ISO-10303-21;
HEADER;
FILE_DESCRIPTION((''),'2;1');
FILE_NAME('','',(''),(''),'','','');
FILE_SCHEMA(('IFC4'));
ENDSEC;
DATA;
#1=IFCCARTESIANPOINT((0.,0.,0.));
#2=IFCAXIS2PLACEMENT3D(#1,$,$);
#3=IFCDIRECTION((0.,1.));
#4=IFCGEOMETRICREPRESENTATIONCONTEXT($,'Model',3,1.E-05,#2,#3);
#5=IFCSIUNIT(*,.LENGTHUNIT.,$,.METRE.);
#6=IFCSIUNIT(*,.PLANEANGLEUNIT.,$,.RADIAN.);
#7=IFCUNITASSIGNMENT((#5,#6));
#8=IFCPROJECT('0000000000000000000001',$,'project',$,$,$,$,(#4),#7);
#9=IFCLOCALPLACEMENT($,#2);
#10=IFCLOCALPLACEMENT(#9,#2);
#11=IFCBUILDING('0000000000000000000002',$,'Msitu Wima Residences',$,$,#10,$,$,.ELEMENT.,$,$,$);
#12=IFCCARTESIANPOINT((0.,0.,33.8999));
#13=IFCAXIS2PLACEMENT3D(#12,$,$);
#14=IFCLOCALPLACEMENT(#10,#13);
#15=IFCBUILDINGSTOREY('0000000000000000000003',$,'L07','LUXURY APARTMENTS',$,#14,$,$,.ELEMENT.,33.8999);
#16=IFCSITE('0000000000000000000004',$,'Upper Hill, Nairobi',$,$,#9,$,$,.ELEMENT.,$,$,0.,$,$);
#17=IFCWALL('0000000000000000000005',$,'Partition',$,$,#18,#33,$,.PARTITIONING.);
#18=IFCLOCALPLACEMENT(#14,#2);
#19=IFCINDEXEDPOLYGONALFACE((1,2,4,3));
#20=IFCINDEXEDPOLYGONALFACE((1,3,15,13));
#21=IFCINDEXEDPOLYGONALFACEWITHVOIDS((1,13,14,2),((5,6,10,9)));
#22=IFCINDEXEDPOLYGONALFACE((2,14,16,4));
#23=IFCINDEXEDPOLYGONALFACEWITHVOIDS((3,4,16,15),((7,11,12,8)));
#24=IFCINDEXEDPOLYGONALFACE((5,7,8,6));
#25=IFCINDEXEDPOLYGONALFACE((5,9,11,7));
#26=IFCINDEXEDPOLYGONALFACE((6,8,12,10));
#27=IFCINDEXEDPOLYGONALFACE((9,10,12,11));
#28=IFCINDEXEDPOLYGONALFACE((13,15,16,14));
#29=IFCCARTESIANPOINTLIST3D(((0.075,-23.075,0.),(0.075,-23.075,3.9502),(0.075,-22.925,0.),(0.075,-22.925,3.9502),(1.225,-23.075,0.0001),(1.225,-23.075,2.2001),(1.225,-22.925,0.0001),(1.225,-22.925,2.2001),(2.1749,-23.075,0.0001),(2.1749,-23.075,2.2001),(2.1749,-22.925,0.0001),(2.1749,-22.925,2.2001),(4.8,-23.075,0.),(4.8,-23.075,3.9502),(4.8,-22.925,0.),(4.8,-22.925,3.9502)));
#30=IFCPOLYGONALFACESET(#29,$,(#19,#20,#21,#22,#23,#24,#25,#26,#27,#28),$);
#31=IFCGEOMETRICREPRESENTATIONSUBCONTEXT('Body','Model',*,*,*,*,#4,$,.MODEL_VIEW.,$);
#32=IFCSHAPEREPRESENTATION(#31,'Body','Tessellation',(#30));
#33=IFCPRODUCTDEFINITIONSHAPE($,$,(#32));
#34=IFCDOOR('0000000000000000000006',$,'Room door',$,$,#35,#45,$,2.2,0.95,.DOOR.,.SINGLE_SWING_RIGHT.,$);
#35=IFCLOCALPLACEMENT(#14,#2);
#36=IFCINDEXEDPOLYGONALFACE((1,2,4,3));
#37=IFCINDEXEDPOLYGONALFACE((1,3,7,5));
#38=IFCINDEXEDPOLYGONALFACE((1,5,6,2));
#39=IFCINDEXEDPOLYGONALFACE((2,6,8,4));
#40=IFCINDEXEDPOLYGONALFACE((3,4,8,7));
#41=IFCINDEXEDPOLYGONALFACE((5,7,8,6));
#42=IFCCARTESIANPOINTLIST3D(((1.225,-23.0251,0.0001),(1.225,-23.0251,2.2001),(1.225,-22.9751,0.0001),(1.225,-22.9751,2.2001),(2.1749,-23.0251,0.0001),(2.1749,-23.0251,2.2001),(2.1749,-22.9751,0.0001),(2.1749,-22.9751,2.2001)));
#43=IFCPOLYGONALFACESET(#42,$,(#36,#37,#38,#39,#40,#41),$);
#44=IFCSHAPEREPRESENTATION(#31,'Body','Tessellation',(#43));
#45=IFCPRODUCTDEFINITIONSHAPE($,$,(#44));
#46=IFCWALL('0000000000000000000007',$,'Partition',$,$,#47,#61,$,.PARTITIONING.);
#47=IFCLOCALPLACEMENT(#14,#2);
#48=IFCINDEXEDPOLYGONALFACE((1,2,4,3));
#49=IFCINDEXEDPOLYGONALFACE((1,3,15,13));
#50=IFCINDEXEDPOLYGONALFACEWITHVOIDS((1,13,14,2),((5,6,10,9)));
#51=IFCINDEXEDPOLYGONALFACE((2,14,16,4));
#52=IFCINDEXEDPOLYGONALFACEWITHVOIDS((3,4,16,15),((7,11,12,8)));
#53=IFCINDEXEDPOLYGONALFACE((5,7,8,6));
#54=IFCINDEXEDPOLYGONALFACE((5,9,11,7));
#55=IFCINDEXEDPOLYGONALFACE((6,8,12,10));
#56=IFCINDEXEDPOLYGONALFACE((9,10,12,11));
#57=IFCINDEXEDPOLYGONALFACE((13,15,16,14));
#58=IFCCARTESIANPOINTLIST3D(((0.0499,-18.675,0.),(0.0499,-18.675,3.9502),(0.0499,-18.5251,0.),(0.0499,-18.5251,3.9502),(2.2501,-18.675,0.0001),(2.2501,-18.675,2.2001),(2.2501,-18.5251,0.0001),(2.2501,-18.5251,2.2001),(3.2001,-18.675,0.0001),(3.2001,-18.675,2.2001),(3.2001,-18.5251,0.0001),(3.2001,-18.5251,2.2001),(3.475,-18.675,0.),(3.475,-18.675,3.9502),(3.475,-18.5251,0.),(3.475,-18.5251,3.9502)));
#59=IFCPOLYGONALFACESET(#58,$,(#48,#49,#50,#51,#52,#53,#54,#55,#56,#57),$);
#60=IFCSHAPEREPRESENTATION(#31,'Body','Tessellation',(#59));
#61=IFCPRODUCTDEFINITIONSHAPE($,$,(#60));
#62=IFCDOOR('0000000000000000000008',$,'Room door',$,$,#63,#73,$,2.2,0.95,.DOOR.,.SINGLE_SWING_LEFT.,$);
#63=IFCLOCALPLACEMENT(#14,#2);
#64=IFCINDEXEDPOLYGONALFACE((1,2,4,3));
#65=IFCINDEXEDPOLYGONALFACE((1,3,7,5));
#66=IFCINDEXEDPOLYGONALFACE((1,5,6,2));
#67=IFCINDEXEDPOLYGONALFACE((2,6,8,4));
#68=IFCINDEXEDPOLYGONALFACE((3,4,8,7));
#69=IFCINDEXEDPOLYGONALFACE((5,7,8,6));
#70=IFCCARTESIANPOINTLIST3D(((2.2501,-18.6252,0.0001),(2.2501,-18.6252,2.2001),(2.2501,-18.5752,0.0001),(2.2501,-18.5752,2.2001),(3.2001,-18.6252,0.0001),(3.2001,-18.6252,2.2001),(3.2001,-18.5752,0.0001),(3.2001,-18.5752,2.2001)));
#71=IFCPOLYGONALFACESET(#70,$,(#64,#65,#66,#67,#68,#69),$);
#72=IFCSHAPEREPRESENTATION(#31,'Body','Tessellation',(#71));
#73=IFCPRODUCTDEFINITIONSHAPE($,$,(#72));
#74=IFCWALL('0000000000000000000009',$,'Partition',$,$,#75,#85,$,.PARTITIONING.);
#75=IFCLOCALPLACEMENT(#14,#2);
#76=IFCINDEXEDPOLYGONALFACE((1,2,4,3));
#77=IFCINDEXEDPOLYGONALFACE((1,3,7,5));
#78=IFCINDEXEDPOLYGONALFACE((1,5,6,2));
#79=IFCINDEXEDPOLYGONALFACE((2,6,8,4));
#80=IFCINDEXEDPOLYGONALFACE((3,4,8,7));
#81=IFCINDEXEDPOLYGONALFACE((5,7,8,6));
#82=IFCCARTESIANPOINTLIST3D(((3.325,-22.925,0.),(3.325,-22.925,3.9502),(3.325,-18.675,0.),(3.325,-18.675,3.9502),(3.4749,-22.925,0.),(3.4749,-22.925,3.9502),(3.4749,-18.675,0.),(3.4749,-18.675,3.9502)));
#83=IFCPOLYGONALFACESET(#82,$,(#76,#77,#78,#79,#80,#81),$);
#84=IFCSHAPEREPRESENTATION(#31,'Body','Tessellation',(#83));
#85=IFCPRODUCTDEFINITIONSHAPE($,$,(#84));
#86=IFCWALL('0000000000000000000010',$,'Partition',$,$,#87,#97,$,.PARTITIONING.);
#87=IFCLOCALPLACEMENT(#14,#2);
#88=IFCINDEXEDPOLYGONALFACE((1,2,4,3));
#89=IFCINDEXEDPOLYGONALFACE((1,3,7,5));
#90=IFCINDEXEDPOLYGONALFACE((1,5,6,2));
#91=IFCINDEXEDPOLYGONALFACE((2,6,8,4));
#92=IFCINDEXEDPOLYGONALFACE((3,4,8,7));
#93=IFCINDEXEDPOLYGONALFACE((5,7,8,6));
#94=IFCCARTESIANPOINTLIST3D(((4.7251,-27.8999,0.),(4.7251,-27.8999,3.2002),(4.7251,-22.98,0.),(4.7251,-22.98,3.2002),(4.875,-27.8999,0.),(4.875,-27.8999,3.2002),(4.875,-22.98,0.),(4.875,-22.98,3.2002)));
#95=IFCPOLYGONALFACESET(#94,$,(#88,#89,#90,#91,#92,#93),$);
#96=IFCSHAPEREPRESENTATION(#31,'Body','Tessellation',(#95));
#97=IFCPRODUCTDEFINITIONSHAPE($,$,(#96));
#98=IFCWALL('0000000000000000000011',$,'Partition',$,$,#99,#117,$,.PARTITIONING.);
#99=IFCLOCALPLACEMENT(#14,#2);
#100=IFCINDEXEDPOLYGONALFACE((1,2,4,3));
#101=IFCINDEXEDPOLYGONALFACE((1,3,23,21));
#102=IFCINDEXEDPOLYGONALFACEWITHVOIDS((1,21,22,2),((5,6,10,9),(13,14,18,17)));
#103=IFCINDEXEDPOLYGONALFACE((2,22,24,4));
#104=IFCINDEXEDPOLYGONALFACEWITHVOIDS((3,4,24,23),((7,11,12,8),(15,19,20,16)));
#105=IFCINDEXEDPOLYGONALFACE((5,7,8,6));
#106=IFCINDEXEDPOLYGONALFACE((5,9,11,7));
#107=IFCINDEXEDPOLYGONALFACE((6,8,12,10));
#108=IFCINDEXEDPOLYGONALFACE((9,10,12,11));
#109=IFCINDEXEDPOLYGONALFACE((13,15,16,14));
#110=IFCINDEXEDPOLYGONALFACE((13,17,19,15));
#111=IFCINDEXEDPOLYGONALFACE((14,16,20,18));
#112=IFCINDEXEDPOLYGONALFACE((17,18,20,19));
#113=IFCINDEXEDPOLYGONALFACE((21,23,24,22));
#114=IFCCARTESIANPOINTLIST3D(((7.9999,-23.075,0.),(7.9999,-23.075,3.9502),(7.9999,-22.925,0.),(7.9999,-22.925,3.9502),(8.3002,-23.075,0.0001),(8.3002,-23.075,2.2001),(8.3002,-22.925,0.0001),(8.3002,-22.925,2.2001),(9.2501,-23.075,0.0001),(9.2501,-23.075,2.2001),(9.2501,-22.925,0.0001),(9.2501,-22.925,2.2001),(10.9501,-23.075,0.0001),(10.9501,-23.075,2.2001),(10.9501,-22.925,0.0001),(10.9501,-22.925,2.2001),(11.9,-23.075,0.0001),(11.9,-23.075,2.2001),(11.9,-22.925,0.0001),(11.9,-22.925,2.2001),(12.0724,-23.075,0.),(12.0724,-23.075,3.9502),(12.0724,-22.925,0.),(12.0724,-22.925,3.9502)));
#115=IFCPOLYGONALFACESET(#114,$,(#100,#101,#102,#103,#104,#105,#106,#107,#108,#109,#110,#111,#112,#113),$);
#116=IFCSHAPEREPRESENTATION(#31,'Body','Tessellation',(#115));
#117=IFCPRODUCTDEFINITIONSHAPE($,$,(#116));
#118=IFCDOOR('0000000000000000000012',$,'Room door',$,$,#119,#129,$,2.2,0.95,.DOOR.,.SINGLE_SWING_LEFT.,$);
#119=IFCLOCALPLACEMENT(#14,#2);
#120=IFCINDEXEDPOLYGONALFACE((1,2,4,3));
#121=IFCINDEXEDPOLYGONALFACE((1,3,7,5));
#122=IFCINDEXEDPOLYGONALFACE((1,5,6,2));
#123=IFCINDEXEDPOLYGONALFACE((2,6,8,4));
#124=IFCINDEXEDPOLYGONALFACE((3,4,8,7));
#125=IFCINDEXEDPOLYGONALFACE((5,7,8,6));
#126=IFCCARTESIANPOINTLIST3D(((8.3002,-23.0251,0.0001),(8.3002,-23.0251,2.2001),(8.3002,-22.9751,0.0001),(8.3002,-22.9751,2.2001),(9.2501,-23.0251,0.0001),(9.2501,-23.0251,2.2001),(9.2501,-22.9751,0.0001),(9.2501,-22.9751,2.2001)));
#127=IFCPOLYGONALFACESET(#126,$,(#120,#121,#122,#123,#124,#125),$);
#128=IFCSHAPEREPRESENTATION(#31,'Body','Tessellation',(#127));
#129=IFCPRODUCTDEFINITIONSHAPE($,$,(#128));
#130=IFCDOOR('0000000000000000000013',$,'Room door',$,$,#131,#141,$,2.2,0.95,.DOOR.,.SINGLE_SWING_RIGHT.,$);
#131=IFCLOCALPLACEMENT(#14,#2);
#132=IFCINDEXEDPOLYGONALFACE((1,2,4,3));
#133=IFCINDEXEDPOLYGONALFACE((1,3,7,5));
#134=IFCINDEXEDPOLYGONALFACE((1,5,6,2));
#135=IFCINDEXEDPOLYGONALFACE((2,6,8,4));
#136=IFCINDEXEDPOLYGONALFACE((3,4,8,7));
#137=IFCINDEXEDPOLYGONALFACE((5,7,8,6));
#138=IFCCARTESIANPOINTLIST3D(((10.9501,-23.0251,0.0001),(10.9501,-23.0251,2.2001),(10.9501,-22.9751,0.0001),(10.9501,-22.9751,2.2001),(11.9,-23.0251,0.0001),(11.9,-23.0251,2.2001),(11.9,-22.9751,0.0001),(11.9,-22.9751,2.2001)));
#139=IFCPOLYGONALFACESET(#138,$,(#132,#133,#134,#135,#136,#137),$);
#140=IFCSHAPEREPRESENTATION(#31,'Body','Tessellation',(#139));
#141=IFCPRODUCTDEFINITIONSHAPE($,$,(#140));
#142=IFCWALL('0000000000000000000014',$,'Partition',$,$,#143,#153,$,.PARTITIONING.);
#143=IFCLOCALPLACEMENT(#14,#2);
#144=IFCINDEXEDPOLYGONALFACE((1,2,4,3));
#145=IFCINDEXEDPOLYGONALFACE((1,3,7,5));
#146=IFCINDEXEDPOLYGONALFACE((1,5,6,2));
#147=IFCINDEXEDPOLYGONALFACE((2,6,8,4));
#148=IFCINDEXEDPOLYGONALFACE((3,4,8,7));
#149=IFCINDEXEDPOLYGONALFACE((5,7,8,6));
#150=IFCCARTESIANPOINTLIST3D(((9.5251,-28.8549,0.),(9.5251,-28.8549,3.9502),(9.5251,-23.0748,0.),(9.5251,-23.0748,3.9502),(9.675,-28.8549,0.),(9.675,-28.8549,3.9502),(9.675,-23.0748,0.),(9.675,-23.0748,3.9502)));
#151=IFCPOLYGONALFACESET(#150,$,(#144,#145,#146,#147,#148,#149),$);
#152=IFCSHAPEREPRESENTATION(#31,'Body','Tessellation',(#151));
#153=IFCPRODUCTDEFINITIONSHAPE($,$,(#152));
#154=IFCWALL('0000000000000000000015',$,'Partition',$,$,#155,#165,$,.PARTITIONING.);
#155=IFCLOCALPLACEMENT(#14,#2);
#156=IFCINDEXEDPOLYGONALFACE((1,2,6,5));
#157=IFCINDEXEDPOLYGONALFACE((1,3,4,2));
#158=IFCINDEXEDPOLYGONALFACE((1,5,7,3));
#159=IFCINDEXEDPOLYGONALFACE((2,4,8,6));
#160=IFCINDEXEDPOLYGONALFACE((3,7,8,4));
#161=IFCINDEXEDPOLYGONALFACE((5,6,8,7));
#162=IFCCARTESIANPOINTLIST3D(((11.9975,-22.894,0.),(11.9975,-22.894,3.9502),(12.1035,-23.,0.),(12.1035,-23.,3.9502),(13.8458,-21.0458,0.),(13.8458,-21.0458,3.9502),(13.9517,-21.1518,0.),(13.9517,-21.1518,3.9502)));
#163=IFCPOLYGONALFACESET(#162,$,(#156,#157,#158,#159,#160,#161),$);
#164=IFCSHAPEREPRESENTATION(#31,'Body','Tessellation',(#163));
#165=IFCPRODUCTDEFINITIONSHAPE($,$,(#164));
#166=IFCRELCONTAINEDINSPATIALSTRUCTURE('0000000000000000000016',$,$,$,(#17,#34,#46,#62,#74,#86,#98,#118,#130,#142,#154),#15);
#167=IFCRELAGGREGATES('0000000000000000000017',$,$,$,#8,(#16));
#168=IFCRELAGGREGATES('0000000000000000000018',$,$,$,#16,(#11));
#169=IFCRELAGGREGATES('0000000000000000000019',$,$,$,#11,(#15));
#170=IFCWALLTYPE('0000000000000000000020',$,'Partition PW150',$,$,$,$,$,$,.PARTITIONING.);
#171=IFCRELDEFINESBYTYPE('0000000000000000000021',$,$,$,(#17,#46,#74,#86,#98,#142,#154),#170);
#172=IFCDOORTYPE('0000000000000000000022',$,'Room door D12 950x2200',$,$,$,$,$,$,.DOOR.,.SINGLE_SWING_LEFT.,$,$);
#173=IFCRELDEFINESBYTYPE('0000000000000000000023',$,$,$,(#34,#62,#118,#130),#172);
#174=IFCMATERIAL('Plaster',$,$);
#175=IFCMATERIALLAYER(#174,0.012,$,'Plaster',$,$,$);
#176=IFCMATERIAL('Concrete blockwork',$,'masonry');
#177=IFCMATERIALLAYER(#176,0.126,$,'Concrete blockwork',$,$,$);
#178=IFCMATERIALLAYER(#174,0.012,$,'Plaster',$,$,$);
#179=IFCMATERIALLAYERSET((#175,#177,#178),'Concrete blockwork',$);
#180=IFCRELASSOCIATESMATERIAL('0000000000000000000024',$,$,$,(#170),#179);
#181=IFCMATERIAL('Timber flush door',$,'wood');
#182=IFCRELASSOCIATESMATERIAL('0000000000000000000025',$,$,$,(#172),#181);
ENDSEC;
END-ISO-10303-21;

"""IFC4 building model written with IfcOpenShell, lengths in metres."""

from ifc_helpers import new_model, si_unit, direction, frame, frame_2d, origin, place, context, subcontext, project, spatial, rectangle, extrude, material, layer, layer_set, type_object, element, fill, save


model = new_model("IFC4")

# Units and contexts
model_context = context("Model", 3, precision=1e-05, world=origin(), true_north=direction((0.0, 1.0)))
body_context = subcontext(model_context, "Body", "Model", "MODEL_VIEW")
ifc_project = project(units=[si_unit("LENGTHUNIT", "METRE"), si_unit("PLANEANGLEUNIT", "RADIAN")], contexts=[model_context])

# Site, building, storey
site_placement = place(None, origin())
site = spatial("IfcSite", under=ifc_project, at=site_placement, Name="Upper Hill, Nairobi", CompositionType="ELEMENT", RefElevation=0.0)
building_placement = place(site_placement, origin())
building = spatial("IfcBuilding", under=site, at=building_placement, Name="Msitu Wima Residences", CompositionType="ELEMENT")
storey_placement = place(building_placement, frame((0.0, 0.0, 33.8999)))
storey = spatial("IfcBuildingStorey", under=building, at=storey_placement, Name="L07", Description="LUXURY APARTMENTS", CompositionType="ELEMENT", Elevation=33.8999)

# Walls, openings, doors
ifc_material_1 = material(Name="Plaster")
ifc_layer_1 = layer(ifc_material_1, 0.012, Name="Plaster")
ifc_material_2 = material(Name="Concrete blockwork", Category="masonry")
ifc_layer_2 = layer(ifc_material_2, 0.126, Name="Concrete blockwork")
ifc_layer_3 = layer(ifc_material_1, 0.012, Name="Plaster")
ifc_layer_set_1 = layer_set([ifc_layer_1, ifc_layer_2, ifc_layer_3], Name="Concrete blockwork")
wall_type_1 = type_object("IfcWallType", Name="Partition PW150", PredefinedType="PARTITIONING", material=ifc_layer_set_1)
wall_1_placement = place(storey_placement, frame((0.075, -23.0, 0.0), z_axis=(0.0, 0.0, 1.0), x_axis=(1.0, 0.0, 0.0)))
wall_1 = element("IfcWall", 1, at=wall_1_placement, inside=storey, type_object=wall_type_1, Name="Partition", PredefinedType="PARTITIONING", context=body_context, shape_type="SweptSolid", body=[
    extrude(rectangle(XDim=4.7251, YDim=0.1499, at=frame_2d((2.3625, 0.0))), origin(), (0.0, 0.0, 1.0), 3.9502),
])
opening_1_placement = place(wall_1_placement, frame((1.1499, 0.0, 0.0)))
opening_1 = element("IfcOpeningElement", 2, at=opening_1_placement, cuts=wall_1, PredefinedType="OPENING", context=body_context, shape_type="SweptSolid", body=[
    extrude(rectangle(XDim=0.95, YDim=2.2, at=frame_2d((0.4751, 1.1001))), frame((0.0, 0.085, 0.0), z_axis=(0.0, -1.0, 0.0), x_axis=(1.0, 0.0, 0.0)), (0.0, 0.0, 1.0), 0.1699),
])
ifc_material_3 = material(Name="Timber flush door", Category="wood")
door_type_1 = type_object("IfcDoorType", Name="Room door D12 950x2200", OperationType="SINGLE_SWING_LEFT", PredefinedType="DOOR", material=ifc_material_3)
door_1_placement = place(opening_1_placement, origin())
door_1 = element("IfcDoor", 3, at=door_1_placement, inside=storey, type_object=door_type_1, Name="Room door", OperationType="SINGLE_SWING_RIGHT", OverallHeight=2.2, OverallWidth=0.95, PredefinedType="DOOR", context=body_context, shape_type="SweptSolid", body=[
    extrude(rectangle(XDim=0.95, YDim=2.2, at=frame_2d((0.4751, 1.1001))), frame((0.0, 0.0249, 0.0), z_axis=(0.0, -1.0, 0.0), x_axis=(1.0, 0.0, 0.0)), (0.0, 0.0, 1.0), 0.05),
])
fill(opening_1, door_1)
wall_2_placement = place(storey_placement, frame((0.05, -18.6001, 0.0), z_axis=(0.0, 0.0, 1.0), x_axis=(1.0, 0.0, 0.0)))
wall_2 = element("IfcWall", 4, at=wall_2_placement, inside=storey, type_object=wall_type_1, Name="Partition", PredefinedType="PARTITIONING", context=body_context, shape_type="SweptSolid", body=[
    extrude(rectangle(XDim=3.425, YDim=0.1499, at=frame_2d((1.7124, 0.0))), origin(), (0.0, 0.0, 1.0), 3.9502),
])
opening_2_placement = place(wall_2_placement, frame((2.2, 0.0, 0.0)))
opening_2 = element("IfcOpeningElement", 5, at=opening_2_placement, cuts=wall_2, PredefinedType="OPENING", context=body_context, shape_type="SweptSolid", body=[
    extrude(rectangle(XDim=0.95, YDim=2.2, at=frame_2d((0.4751, 1.1001))), frame((0.0, 0.085, 0.0), z_axis=(0.0, -1.0, 0.0), x_axis=(1.0, 0.0, 0.0)), (0.0, 0.0, 1.0), 0.1699),
])
door_2_placement = place(opening_2_placement, origin())
door_2 = element("IfcDoor", 6, at=door_2_placement, inside=storey, type_object=door_type_1, Name="Room door", OperationType="SINGLE_SWING_LEFT", OverallHeight=2.2, OverallWidth=0.95, PredefinedType="DOOR", context=body_context, shape_type="SweptSolid", body=[
    extrude(rectangle(XDim=0.95, YDim=2.2, at=frame_2d((0.4751, 1.1001))), frame((0.0, 0.0249, 0.0), z_axis=(0.0, -1.0, 0.0), x_axis=(1.0, 0.0, 0.0)), (0.0, 0.0, 1.0), 0.05),
])
fill(opening_2, door_2)

# Walls
wall_3_placement = place(storey_placement, frame((3.3999, -22.925, 0.0), z_axis=(0.0, 0.0, 1.0), x_axis=(0.0, 1.0, 0.0)))
element("IfcWall", 7, at=wall_3_placement, inside=storey, type_object=wall_type_1, Name="Partition", PredefinedType="PARTITIONING", context=body_context, shape_type="SweptSolid", body=[
    extrude(rectangle(XDim=4.25, YDim=0.1499, at=frame_2d((2.125, 0.0))), origin(), (0.0, 0.0, 1.0), 3.9502),
])
wall_4_placement = place(storey_placement, frame((4.8, -27.8999, 0.0), z_axis=(0.0, 0.0, 1.0), x_axis=(0.0, 1.0, 0.0)))
element("IfcWall", 8, at=wall_4_placement, inside=storey, type_object=wall_type_1, Name="Partition", PredefinedType="PARTITIONING", context=body_context, shape_type="SweptSolid", body=[
    extrude(rectangle(XDim=4.9199, YDim=0.1499, at=frame_2d((2.46, 0.0))), origin(), (0.0, 0.0, 1.0), 3.2002),
])

# Wall, openings, doors
wall_5_placement = place(storey_placement, frame((8.0, -23.0, 0.0), z_axis=(0.0, 0.0, 1.0), x_axis=(1.0, 0.0, 0.0)))
wall_5 = element("IfcWall", 9, at=wall_5_placement, inside=storey, type_object=wall_type_1, Name="Partition", PredefinedType="PARTITIONING", context=body_context, shape_type="SweptSolid", body=[
    extrude(rectangle(XDim=4.0725, YDim=0.1499, at=frame_2d((2.0361, 0.0))), origin(), (0.0, 0.0, 1.0), 3.9502),
])
opening_3_placement = place(wall_5_placement, frame((0.3, 0.0, 0.0)))
opening_3 = element("IfcOpeningElement", 10, at=opening_3_placement, cuts=wall_5, PredefinedType="OPENING", context=body_context, shape_type="SweptSolid", body=[
    extrude(rectangle(XDim=0.95, YDim=2.2, at=frame_2d((0.4751, 1.1001))), frame((0.0, 0.085, 0.0), z_axis=(0.0, -1.0, 0.0), x_axis=(1.0, 0.0, 0.0)), (0.0, 0.0, 1.0), 0.1699),
])
opening_4_placement = place(wall_5_placement, frame((2.95, 0.0, 0.0)))
opening_4 = element("IfcOpeningElement", 11, at=opening_4_placement, cuts=wall_5, PredefinedType="OPENING", context=body_context, shape_type="SweptSolid", body=[
    extrude(rectangle(XDim=0.95, YDim=2.2, at=frame_2d((0.4751, 1.1001))), frame((0.0, 0.085, 0.0), z_axis=(0.0, -1.0, 0.0), x_axis=(1.0, 0.0, 0.0)), (0.0, 0.0, 1.0), 0.1699),
])
door_3_placement = place(opening_3_placement, origin())
door_3 = element("IfcDoor", 12, at=door_3_placement, inside=storey, type_object=door_type_1, Name="Room door", OperationType="SINGLE_SWING_LEFT", OverallHeight=2.2, OverallWidth=0.95, PredefinedType="DOOR", context=body_context, shape_type="SweptSolid", body=[
    extrude(rectangle(XDim=0.95, YDim=2.2, at=frame_2d((0.4751, 1.1001))), frame((0.0, 0.0249, 0.0), z_axis=(0.0, -1.0, 0.0), x_axis=(1.0, 0.0, 0.0)), (0.0, 0.0, 1.0), 0.05),
])
fill(opening_3, door_3)
door_4_placement = place(opening_4_placement, origin())
door_4 = element("IfcDoor", 13, at=door_4_placement, inside=storey, type_object=door_type_1, Name="Room door", OperationType="SINGLE_SWING_RIGHT", OverallHeight=2.2, OverallWidth=0.95, PredefinedType="DOOR", context=body_context, shape_type="SweptSolid", body=[
    extrude(rectangle(XDim=0.95, YDim=2.2, at=frame_2d((0.4751, 1.1001))), frame((0.0, 0.0249, 0.0), z_axis=(0.0, -1.0, 0.0), x_axis=(1.0, 0.0, 0.0)), (0.0, 0.0, 1.0), 0.05),
])
fill(opening_4, door_4)

# Walls
wall_6_placement = place(storey_placement, frame((9.6001, -28.855, 0.0), z_axis=(0.0, 0.0, 1.0), x_axis=(0.0, 1.0, 0.0)))
element("IfcWall", 14, at=wall_6_placement, inside=storey, type_object=wall_type_1, Name="Partition", PredefinedType="PARTITIONING", context=body_context, shape_type="SweptSolid", body=[
    extrude(rectangle(XDim=5.78, YDim=0.1499, at=frame_2d((2.8901, 0.0))), origin(), (0.0, 0.0, 1.0), 3.9502),
])
wall_7_placement = place(storey_placement, frame((12.0505, -22.947, 0.0), z_axis=(0.0, 0.0, 1.0), x_axis=(0.707107, 0.707107, 0.0)))
element("IfcWall", 15, at=wall_7_placement, inside=storey, type_object=wall_type_1, Name="Partition", PredefinedType="PARTITIONING", context=body_context, shape_type="SweptSolid", body=[
    extrude(rectangle(XDim=2.6138, YDim=0.1499, at=frame_2d((1.3069, 0.0))), origin(), (0.0, 0.0, 1.0), 3.9502),
])

save(model, "model.ifc")
